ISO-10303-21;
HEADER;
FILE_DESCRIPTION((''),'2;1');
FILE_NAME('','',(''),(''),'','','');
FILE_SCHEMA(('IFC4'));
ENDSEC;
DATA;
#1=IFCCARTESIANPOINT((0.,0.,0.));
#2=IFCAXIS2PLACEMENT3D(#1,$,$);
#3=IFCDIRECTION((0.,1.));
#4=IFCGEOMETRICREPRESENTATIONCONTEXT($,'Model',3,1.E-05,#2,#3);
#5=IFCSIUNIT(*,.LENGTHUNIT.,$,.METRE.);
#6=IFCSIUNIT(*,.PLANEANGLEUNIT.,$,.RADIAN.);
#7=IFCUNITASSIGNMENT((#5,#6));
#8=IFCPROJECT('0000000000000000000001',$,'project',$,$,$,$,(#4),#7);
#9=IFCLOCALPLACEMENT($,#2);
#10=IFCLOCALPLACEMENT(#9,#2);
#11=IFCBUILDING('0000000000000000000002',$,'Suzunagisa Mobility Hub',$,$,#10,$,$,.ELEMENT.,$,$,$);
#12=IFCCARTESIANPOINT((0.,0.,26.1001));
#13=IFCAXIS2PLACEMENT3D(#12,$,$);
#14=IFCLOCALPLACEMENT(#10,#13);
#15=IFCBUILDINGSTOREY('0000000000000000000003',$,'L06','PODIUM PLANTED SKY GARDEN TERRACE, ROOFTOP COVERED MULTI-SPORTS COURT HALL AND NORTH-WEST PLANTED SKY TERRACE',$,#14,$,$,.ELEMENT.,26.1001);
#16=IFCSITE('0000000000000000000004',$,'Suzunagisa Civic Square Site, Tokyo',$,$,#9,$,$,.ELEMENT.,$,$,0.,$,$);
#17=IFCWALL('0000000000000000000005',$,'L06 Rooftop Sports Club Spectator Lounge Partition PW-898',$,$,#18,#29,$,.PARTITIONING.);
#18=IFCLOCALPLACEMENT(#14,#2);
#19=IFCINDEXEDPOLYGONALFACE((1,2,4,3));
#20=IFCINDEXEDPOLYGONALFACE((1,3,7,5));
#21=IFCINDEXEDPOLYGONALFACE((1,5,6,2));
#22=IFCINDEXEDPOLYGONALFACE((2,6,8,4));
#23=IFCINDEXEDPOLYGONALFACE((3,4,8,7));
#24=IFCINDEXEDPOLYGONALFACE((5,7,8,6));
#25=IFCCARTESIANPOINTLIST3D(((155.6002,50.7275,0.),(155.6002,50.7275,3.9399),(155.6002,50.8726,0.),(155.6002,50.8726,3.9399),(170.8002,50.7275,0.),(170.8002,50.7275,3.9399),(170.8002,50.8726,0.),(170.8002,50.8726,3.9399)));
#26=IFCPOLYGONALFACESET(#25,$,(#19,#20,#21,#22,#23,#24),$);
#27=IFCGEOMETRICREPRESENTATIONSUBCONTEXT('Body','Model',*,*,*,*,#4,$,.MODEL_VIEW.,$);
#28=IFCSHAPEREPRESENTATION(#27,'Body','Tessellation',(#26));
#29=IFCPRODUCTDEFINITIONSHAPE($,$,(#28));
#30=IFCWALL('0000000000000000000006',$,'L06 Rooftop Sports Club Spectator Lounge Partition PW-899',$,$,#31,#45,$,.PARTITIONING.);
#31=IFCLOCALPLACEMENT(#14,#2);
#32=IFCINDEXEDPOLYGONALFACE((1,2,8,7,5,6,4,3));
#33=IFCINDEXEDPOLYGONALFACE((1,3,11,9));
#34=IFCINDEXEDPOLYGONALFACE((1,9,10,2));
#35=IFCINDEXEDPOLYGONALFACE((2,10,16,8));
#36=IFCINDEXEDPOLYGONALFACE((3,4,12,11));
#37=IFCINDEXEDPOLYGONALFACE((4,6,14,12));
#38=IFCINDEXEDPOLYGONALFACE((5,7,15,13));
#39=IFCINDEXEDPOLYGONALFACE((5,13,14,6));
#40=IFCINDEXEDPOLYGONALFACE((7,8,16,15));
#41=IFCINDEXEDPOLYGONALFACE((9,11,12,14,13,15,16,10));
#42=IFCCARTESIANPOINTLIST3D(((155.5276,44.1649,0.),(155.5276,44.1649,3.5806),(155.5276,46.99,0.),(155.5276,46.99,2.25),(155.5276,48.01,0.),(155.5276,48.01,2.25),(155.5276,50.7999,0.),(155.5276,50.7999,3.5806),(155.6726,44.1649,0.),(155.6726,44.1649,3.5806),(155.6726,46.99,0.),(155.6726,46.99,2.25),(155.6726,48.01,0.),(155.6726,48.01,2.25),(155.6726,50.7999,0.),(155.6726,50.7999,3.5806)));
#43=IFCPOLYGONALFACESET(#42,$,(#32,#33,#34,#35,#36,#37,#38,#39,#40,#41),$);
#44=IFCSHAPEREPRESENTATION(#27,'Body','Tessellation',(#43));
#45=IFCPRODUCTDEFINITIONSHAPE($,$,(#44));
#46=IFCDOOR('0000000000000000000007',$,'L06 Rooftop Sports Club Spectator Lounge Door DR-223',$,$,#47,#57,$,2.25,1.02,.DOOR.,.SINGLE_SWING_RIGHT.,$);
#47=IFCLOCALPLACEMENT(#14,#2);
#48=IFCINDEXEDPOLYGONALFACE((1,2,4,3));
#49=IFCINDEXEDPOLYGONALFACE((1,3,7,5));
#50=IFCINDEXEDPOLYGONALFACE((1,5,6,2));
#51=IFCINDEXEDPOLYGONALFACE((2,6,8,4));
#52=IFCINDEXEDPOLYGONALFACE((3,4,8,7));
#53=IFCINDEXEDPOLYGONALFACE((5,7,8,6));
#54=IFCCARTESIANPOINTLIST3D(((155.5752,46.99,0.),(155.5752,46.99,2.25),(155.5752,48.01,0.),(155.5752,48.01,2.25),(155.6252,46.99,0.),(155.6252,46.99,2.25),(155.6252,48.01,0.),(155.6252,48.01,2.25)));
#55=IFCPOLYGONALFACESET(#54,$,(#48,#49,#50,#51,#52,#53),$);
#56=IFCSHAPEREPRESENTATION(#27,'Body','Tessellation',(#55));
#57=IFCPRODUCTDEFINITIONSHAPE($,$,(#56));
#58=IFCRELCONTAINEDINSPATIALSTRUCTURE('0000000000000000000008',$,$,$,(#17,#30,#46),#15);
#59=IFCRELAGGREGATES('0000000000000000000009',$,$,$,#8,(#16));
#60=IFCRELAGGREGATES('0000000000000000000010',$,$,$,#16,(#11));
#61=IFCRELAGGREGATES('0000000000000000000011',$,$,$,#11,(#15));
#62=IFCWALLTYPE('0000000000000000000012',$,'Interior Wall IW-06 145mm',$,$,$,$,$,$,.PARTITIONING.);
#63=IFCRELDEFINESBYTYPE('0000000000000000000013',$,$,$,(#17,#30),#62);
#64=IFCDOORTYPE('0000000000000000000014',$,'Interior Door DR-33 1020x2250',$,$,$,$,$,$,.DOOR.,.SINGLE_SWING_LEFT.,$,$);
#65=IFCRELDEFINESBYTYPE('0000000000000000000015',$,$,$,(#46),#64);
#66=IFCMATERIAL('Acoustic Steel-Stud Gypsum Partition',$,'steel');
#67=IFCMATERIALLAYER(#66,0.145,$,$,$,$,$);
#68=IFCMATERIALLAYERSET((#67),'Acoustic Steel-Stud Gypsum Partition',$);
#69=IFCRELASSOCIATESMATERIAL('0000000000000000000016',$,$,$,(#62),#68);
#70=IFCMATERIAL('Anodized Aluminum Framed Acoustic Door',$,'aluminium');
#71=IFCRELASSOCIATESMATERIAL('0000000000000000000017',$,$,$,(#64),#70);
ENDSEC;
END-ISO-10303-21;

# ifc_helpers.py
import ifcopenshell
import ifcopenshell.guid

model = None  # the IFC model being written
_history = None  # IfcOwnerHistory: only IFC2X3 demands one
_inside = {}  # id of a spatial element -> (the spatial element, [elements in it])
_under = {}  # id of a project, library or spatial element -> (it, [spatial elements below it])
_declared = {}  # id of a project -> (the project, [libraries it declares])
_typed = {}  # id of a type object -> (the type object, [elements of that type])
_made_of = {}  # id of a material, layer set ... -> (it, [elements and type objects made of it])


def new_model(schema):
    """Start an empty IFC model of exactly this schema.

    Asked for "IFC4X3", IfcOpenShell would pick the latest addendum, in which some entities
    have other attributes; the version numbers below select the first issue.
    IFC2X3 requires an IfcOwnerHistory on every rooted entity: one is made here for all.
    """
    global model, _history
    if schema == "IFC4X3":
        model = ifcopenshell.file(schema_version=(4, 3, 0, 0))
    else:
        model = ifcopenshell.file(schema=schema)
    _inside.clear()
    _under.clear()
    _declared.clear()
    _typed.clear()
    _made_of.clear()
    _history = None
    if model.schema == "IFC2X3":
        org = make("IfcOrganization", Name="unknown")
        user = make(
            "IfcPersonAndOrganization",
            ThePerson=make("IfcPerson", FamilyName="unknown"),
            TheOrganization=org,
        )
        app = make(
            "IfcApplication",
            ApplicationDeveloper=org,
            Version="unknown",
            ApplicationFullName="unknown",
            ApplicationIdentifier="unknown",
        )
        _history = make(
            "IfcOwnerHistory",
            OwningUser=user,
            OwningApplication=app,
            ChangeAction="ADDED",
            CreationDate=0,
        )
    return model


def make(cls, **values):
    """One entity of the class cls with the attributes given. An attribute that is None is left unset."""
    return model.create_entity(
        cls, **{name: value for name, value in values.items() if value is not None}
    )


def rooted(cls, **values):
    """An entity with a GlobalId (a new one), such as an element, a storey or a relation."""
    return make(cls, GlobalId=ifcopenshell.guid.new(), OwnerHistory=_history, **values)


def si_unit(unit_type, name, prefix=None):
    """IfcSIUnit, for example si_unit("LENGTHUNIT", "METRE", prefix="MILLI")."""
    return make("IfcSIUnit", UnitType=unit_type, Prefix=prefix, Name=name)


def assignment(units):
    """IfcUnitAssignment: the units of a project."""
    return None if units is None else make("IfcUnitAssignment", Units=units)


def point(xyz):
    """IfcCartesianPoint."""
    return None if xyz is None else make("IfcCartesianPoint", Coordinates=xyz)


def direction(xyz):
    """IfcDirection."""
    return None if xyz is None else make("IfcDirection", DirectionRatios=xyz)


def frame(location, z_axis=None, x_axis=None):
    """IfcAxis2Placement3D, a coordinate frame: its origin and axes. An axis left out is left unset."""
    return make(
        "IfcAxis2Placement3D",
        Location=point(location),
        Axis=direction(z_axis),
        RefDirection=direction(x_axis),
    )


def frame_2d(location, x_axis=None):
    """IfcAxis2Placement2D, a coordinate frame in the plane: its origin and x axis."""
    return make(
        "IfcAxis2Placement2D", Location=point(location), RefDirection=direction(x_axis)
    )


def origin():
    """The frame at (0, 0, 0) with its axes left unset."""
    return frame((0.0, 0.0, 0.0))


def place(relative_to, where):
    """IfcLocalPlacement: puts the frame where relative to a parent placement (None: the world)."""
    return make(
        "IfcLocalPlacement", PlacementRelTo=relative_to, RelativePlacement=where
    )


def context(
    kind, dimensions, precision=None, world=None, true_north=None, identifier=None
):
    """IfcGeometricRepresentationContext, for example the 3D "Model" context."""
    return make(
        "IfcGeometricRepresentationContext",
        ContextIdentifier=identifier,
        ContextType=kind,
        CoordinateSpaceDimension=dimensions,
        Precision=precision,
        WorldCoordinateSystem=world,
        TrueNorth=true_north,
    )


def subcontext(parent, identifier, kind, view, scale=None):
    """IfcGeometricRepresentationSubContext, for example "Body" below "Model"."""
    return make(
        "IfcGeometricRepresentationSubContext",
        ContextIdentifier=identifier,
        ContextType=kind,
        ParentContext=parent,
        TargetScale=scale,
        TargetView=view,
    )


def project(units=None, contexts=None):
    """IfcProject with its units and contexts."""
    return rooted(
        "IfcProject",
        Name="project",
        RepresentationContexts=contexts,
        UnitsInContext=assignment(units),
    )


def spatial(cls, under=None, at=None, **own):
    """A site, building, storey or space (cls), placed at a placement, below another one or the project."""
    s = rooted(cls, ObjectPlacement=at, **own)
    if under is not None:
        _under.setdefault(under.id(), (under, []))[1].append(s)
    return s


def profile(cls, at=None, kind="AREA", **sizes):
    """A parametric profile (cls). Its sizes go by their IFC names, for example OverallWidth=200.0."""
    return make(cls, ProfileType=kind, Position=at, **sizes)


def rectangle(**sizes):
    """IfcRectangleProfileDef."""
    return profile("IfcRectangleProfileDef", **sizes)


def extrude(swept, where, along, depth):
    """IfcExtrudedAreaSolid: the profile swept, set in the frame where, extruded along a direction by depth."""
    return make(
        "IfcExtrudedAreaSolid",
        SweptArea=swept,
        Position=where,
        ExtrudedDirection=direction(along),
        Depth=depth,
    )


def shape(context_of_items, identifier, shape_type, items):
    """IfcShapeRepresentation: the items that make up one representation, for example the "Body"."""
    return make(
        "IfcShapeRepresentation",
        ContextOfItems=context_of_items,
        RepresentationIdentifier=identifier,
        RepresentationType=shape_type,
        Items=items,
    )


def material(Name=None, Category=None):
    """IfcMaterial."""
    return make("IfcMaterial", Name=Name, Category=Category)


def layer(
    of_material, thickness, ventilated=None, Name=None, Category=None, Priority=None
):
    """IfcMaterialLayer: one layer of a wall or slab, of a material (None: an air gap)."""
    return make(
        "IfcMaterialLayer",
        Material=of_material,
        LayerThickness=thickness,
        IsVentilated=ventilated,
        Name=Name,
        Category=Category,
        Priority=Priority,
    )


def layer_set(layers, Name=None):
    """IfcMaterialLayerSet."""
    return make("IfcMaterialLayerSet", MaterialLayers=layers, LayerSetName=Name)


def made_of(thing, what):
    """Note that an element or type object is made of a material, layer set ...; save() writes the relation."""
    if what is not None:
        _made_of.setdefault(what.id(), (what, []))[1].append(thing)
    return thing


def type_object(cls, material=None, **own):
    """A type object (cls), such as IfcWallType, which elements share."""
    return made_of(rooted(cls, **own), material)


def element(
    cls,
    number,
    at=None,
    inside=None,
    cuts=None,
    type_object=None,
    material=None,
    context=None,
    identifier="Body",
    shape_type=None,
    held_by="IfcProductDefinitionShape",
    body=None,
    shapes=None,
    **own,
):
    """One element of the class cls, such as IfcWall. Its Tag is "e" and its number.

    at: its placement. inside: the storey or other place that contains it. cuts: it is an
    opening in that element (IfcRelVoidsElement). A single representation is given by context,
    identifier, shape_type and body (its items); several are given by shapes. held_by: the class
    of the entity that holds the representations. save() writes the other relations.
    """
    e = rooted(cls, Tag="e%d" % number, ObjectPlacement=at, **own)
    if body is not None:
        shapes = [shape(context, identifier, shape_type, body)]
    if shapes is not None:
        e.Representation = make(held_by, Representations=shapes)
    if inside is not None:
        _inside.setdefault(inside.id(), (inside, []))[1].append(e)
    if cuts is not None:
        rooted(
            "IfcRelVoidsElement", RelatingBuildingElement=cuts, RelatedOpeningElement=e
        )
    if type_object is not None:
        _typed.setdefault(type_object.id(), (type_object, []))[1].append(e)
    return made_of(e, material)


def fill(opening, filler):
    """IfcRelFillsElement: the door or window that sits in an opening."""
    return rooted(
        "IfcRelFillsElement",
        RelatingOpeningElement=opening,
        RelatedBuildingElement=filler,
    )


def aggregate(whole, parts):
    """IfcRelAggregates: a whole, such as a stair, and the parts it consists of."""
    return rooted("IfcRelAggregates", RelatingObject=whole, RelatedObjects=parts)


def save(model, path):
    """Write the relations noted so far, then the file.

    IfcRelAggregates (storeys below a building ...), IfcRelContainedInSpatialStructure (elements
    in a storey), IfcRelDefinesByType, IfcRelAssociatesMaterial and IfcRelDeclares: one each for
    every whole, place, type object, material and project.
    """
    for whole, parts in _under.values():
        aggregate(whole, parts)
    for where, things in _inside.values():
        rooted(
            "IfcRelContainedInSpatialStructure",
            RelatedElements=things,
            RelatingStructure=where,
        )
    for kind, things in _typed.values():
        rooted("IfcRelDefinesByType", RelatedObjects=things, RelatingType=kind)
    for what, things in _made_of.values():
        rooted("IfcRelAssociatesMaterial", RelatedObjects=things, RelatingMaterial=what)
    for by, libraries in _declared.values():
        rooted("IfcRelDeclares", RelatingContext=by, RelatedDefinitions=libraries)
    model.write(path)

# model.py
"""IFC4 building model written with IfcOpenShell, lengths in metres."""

from ifc_helpers import new_model, si_unit, direction, frame, frame_2d, origin, place, context, subcontext, project, spatial, rectangle, extrude, material, layer, layer_set, type_object, element, fill, save


model = new_model("IFC4")

# Units and contexts
model_context = context("Model", 3, precision=1e-05, world=origin(), true_north=direction((0.0, 1.0)))
body_context = subcontext(model_context, "Body", "Model", "MODEL_VIEW")
ifc_project = project(units=[si_unit("LENGTHUNIT", "METRE"), si_unit("PLANEANGLEUNIT", "RADIAN")], contexts=[model_context])

# Site, building, storey
site_placement = place(None, origin())
site = spatial("IfcSite", under=ifc_project, at=site_placement, Name="Suzunagisa Civic Square Site, Tokyo", CompositionType="ELEMENT", RefElevation=0.0)
building_placement = place(site_placement, origin())
building = spatial("IfcBuilding", under=site, at=building_placement, Name="Suzunagisa Mobility Hub", CompositionType="ELEMENT")
storey_placement = place(building_placement, frame((0.0, 0.0, 26.1001)))
storey = spatial("IfcBuildingStorey", under=building, at=storey_placement, Name="L06", Description="PODIUM PLANTED SKY GARDEN TERRACE, ROOFTOP COVERED MULTI-SPORTS COURT HALL AND NORTH-WEST PLANTED SKY TERRACE", CompositionType="ELEMENT", Elevation=26.1001)

# Wall
ifc_material_1 = material(Name="Acoustic Steel-Stud Gypsum Partition", Category="steel")
ifc_layer_1 = layer(ifc_material_1, 0.145)
ifc_layer_set_1 = layer_set([ifc_layer_1], Name="Acoustic Steel-Stud Gypsum Partition")
wall_type_1 = type_object("IfcWallType", Name="Interior Wall IW-06 145mm", PredefinedType="PARTITIONING", material=ifc_layer_set_1)
for number, where, z_axis, x_axis, name in (
    (1, (155.6001, 50.8, 0.0), (0.0, 0.0, 1.0), (1.0, 0.0, 0.0), "L06 Rooftop Sports Club Spectator Lounge Partition PW-898"),
):
    element("IfcWall", number, at=place(storey_placement, frame(where, z_axis=z_axis, x_axis=x_axis)), inside=storey, type_object=wall_type_1, Name=name, PredefinedType="PARTITIONING", context=body_context, shape_type="SweptSolid", body=[
        extrude(rectangle(XDim=15.2, YDim=0.145, at=frame_2d((7.6001, 0.0))), origin(), (0.0, 0.0, 1.0), 3.9399),
    ])

# Wall, opening, door
wall_1_placement = place(storey_placement, frame((155.6001, 44.165, 0.0), z_axis=(0.0, 0.0, 1.0), x_axis=(0.0, 1.0, 0.0)))
wall_1 = element("IfcWall", 2, at=wall_1_placement, inside=storey, type_object=wall_type_1, Name="L06 Rooftop Sports Club Spectator Lounge Partition PW-899", PredefinedType="PARTITIONING", context=body_context, shape_type="SweptSolid", body=[
    extrude(rectangle(XDim=6.635, YDim=0.145, at=frame_2d((3.3174, 0.0))), origin(), (0.0, 0.0, 1.0), 3.5806),
])
opening_placement = place(wall_1_placement, frame((2.825, 0.0, 0.0)))
opening = element("IfcOpeningElement", 3, at=opening_placement, cuts=wall_1, PredefinedType="OPENING", context=body_context, shape_type="SweptSolid", body=[
    extrude(rectangle(XDim=1.02, YDim=2.25, at=frame_2d((0.51, 1.125))), frame((0.0, 0.0835, 0.0), z_axis=(0.0, -1.0, 0.0), x_axis=(1.0, 0.0, 0.0)), (0.0, 0.0, 1.0), 0.167),
])
ifc_material_2 = material(Name="Anodized Aluminum Framed Acoustic Door", Category="aluminium")
door_type = type_object("IfcDoorType", Name="Interior Door DR-33 1020x2250", OperationType="SINGLE_SWING_LEFT", PredefinedType="DOOR", material=ifc_material_2)
door_placement = place(opening_placement, origin())
door = element("IfcDoor", 4, at=door_placement, inside=storey, type_object=door_type, Name="L06 Rooftop Sports Club Spectator Lounge Door DR-223", OperationType="SINGLE_SWING_RIGHT", OverallHeight=2.25, OverallWidth=1.02, PredefinedType="DOOR", context=body_context, shape_type="SweptSolid", body=[
    extrude(rectangle(XDim=1.02, YDim=2.25, at=frame_2d((0.51, 1.125))), frame((0.0, 0.0249, 0.0), z_axis=(0.0, -1.0, 0.0), x_axis=(1.0, 0.0, 0.0)), (0.0, 0.0, 1.0), 0.05),
])
fill(opening, door)

save(model, "model.ifc")
